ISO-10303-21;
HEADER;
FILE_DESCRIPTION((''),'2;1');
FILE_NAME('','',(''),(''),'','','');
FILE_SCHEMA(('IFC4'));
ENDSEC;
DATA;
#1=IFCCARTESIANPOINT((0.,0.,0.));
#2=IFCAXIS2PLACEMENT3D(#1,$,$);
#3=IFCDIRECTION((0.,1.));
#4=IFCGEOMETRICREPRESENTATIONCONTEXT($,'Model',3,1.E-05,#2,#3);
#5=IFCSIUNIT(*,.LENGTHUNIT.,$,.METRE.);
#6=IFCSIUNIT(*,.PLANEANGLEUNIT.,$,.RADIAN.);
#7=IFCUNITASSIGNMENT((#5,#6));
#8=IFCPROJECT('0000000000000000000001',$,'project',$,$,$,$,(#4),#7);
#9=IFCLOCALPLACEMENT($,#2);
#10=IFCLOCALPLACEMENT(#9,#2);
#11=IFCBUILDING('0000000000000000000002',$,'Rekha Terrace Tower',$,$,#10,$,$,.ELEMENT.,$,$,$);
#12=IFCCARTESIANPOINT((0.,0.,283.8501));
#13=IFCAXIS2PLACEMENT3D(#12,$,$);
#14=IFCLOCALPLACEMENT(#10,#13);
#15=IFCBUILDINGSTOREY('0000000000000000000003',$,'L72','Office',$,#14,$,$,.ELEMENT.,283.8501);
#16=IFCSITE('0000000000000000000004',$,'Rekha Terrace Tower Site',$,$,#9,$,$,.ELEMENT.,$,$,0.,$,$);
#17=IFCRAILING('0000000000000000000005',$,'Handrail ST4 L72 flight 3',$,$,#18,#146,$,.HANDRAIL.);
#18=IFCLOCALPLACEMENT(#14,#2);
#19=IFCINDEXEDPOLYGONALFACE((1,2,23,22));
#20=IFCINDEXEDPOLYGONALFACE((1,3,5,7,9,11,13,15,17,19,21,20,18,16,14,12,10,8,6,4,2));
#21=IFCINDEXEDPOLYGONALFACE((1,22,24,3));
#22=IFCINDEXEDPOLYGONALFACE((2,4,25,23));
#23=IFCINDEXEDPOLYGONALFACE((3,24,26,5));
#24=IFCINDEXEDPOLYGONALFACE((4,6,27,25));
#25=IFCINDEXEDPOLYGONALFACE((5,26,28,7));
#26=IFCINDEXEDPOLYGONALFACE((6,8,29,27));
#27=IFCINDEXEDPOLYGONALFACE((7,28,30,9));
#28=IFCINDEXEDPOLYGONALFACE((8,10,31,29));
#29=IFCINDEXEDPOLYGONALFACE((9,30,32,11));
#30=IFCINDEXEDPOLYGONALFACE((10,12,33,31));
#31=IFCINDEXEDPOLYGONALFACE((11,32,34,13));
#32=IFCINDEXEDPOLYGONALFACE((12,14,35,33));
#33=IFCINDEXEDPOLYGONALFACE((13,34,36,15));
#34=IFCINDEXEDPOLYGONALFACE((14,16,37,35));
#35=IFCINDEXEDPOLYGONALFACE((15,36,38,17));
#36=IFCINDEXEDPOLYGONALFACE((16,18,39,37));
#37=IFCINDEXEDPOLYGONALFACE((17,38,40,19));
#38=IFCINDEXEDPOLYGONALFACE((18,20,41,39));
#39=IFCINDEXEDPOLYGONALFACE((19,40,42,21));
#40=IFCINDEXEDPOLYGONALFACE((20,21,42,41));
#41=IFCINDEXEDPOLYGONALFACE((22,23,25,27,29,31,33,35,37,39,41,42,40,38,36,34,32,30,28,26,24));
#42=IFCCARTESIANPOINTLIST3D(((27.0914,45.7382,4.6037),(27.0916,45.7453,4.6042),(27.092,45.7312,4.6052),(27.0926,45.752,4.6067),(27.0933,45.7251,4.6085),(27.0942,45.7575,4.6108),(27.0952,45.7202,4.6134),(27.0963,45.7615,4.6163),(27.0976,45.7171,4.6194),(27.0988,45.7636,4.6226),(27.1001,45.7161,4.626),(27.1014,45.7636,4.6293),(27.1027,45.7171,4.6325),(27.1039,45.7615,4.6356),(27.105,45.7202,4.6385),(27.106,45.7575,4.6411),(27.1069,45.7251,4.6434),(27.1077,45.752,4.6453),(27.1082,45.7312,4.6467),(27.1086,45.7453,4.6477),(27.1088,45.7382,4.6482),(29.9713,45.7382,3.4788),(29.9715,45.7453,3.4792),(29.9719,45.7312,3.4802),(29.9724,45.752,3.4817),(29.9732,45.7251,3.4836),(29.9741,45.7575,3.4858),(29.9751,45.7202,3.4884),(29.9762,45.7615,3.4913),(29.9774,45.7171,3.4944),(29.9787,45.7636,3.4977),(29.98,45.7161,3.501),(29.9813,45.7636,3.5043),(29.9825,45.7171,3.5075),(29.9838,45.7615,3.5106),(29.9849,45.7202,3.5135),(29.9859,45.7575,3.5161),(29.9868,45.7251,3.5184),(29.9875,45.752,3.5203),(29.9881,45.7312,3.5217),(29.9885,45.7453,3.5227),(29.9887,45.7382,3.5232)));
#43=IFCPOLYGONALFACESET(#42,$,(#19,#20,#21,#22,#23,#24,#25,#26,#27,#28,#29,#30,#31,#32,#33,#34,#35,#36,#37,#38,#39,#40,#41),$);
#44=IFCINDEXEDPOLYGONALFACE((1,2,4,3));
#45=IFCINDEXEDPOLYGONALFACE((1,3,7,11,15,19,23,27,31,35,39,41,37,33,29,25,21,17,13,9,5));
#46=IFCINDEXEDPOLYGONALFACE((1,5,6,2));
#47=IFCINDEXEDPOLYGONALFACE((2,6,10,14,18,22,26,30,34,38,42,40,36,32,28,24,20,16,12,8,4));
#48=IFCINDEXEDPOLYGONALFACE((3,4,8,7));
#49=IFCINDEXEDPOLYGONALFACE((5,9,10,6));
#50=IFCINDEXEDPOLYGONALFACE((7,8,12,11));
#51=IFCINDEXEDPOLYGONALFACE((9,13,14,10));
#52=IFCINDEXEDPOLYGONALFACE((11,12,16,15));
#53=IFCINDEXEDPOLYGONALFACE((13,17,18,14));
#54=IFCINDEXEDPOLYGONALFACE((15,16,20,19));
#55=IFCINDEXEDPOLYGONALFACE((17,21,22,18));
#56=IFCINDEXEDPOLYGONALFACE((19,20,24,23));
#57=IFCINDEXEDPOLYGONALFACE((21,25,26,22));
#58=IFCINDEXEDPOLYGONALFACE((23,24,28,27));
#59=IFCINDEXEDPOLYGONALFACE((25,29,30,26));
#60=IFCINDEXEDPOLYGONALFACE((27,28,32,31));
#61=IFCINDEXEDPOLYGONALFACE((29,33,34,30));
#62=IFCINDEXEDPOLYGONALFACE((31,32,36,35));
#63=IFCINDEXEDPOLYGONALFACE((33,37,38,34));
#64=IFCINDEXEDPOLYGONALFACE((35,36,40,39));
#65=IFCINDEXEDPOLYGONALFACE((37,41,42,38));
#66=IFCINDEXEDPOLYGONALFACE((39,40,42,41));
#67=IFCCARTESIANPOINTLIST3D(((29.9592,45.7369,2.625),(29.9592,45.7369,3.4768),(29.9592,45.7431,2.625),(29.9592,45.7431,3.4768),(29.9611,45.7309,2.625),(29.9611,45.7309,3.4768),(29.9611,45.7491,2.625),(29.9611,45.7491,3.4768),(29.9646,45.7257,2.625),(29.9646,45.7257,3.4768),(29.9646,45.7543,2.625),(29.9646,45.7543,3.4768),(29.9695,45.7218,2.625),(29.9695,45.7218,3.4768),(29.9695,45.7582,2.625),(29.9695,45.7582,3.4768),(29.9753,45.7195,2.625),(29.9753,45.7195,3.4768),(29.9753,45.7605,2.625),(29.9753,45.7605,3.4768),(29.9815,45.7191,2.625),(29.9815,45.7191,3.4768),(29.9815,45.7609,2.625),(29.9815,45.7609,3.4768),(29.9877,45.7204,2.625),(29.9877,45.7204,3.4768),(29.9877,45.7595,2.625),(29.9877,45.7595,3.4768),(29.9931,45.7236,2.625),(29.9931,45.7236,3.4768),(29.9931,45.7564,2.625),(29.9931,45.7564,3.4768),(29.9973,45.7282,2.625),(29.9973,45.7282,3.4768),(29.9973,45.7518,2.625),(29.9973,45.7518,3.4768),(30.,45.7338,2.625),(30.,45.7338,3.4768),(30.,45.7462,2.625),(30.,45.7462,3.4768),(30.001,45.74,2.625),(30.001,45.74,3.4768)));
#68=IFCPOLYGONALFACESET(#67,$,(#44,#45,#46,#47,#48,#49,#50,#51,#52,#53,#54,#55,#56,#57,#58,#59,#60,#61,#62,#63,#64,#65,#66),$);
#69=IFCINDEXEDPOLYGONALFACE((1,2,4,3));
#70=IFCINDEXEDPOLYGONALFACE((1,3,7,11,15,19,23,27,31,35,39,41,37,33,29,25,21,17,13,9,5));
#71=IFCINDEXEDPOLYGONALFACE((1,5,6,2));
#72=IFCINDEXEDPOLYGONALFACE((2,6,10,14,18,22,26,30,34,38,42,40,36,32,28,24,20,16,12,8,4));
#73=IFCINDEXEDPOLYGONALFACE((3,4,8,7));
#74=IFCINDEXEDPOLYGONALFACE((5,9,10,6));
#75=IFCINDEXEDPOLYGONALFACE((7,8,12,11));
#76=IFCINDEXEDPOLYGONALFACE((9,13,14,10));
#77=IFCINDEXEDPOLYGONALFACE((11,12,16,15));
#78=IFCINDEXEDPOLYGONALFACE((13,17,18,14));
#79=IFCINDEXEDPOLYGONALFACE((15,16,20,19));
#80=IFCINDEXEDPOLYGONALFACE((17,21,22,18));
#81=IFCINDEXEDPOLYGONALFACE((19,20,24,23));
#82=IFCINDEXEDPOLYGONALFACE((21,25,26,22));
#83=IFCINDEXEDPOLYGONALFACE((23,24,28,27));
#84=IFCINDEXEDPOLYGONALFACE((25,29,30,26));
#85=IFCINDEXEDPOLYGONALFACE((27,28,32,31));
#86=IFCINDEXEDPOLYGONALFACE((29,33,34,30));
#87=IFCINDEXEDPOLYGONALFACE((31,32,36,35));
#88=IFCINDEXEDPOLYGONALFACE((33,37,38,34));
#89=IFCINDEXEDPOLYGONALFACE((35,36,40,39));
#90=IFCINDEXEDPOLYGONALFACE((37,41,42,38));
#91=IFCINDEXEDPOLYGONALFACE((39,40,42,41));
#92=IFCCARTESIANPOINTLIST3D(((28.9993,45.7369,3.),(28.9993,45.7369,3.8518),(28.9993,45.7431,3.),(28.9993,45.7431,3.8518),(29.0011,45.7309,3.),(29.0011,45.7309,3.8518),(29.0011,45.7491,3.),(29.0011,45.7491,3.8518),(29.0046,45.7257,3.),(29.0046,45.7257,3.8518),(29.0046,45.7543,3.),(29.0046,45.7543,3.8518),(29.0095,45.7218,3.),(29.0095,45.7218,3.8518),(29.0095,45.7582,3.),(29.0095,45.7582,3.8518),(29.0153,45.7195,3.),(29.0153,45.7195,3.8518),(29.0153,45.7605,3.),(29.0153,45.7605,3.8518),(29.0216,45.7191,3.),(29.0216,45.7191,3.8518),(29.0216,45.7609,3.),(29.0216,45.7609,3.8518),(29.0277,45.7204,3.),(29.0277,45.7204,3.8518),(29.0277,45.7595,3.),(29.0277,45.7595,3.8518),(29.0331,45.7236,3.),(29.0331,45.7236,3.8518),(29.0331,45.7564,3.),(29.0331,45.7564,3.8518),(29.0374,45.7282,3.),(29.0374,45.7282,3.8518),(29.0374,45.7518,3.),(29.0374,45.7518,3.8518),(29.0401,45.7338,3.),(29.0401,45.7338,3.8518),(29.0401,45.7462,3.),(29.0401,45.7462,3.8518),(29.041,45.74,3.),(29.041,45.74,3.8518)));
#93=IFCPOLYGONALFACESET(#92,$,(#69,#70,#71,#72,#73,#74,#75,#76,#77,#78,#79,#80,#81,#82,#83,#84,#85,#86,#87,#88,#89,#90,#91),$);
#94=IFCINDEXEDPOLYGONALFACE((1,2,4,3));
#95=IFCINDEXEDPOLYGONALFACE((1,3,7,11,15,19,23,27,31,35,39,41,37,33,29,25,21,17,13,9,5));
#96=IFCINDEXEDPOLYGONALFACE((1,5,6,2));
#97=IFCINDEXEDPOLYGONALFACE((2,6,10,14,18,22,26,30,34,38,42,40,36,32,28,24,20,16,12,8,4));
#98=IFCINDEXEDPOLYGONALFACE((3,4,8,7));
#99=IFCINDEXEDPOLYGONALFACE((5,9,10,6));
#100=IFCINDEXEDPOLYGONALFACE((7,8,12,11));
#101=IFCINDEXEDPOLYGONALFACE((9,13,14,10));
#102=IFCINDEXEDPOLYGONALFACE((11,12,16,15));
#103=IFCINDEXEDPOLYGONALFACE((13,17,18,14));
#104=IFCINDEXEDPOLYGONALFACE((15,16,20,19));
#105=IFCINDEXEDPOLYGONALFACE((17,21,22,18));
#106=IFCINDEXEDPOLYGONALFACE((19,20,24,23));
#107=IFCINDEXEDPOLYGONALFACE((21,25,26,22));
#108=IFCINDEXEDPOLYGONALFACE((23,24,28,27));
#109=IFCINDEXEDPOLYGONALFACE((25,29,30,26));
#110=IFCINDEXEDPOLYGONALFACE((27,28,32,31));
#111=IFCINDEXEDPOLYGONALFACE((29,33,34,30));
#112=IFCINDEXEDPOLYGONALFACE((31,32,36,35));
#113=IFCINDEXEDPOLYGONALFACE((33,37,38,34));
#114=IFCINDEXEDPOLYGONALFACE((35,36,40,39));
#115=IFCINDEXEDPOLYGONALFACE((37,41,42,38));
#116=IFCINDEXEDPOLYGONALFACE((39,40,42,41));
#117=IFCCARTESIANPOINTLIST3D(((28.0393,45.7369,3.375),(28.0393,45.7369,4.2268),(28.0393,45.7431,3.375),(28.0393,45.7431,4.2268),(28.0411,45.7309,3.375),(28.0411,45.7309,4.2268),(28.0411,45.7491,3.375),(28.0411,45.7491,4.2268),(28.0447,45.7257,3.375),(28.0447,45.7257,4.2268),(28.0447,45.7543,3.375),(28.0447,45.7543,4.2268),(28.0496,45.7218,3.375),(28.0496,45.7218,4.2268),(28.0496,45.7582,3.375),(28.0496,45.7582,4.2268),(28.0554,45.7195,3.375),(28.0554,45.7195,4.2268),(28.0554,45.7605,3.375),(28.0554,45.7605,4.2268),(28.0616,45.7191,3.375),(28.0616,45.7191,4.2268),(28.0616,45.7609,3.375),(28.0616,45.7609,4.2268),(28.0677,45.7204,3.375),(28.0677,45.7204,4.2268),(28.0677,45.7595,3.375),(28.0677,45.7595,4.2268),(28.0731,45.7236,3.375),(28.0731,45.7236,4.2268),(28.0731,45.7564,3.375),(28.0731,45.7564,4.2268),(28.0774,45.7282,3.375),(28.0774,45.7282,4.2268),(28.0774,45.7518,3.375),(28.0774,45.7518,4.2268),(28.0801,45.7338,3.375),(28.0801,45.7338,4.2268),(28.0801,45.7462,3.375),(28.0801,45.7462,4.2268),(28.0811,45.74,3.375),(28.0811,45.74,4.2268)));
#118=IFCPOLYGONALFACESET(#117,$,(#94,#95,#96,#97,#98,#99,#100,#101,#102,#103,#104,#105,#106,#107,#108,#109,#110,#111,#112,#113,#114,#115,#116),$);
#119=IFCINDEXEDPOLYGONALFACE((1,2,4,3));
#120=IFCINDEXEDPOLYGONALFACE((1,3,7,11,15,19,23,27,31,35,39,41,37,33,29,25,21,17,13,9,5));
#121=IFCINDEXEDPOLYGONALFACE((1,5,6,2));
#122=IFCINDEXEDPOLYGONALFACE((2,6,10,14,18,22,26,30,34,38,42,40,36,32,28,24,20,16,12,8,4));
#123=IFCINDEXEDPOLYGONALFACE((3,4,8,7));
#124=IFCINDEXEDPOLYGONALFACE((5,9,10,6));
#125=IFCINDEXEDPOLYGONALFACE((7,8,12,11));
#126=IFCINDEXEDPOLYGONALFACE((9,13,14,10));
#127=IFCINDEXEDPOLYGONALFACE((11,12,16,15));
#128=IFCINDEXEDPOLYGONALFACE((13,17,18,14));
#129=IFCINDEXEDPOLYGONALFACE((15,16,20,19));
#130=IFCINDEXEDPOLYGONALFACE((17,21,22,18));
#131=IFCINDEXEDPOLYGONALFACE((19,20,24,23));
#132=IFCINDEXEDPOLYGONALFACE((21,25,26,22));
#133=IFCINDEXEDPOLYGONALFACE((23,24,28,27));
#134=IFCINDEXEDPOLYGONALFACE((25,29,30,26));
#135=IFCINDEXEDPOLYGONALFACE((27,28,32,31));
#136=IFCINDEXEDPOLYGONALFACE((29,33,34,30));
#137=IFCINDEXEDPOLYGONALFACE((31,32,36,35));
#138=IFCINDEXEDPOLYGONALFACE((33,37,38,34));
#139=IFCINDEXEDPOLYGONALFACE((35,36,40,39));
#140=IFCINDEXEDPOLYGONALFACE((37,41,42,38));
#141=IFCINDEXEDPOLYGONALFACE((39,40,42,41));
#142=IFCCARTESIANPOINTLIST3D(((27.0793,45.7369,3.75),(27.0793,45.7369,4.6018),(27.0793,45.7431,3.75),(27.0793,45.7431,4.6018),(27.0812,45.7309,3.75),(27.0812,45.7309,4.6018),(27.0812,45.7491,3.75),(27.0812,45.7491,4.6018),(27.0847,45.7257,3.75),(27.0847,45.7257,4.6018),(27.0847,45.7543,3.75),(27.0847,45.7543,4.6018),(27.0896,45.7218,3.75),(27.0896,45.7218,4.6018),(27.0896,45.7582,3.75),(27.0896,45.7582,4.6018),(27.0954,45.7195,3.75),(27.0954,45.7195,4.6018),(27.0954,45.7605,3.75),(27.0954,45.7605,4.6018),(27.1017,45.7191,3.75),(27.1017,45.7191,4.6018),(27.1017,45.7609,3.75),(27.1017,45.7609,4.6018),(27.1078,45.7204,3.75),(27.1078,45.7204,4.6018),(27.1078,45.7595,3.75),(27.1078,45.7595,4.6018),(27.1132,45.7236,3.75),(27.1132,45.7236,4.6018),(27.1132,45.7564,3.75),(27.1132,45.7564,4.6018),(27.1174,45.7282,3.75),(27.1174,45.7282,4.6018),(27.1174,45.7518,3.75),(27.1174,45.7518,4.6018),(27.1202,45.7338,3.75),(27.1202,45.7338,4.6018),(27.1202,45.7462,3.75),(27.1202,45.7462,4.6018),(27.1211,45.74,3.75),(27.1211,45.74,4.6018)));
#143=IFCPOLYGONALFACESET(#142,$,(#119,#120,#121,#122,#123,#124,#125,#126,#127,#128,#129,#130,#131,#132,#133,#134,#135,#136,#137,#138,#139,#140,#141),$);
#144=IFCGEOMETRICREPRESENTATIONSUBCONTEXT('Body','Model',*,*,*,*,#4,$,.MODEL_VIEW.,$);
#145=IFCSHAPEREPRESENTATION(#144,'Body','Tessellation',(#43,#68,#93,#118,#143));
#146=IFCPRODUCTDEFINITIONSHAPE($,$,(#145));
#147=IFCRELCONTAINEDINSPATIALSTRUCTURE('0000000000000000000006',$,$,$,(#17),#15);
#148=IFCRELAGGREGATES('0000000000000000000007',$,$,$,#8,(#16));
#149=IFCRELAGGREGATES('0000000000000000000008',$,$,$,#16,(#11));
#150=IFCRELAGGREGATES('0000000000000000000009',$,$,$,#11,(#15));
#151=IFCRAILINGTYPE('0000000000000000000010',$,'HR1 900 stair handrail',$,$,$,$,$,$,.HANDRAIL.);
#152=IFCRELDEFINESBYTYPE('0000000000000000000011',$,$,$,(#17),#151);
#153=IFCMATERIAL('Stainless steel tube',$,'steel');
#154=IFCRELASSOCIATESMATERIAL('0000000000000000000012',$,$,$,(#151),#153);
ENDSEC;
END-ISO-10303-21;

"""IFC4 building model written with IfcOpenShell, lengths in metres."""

from ifc_helpers import new_model, si_unit, direction, frame, origin, origin_2d, place, context, subcontext, project, spatial, circle, extrude, material, type_object, element, save


model = new_model("IFC4")

# Units and contexts
model_context = context("Model", 3, precision=1e-05, world=origin(), true_north=direction((0.0, 1.0)))
body_context = subcontext(model_context, "Body", "Model", "MODEL_VIEW")
ifc_project = project(units=[si_unit("LENGTHUNIT", "METRE"), si_unit("PLANEANGLEUNIT", "RADIAN")], contexts=[model_context])

# Site, building, storey
site_placement = place(None, origin())
site = spatial("IfcSite", under=ifc_project, at=site_placement, Name="Rekha Terrace Tower Site", CompositionType="ELEMENT", RefElevation=0.0)
building_placement = place(site_placement, origin())
building = spatial("IfcBuilding", under=site, at=building_placement, Name="Rekha Terrace Tower", CompositionType="ELEMENT")
storey_placement = place(building_placement, frame((0.0, 0.0, 283.8501)))
storey = spatial("IfcBuildingStorey", under=building, at=storey_placement, Name="L72", Description="Office", CompositionType="ELEMENT", Elevation=283.8501)

# Railing
ifc_material_1 = material(Name="Stainless steel tube", Category="steel")
railing_type_1 = type_object("IfcRailingType", Name="HR1 900 stair handrail", PredefinedType="HANDRAIL", material=ifc_material_1)
railing_1_placement = place(storey_placement, frame((29.98, 45.74, 2.625)))
element("IfcRailing", 1, at=railing_1_placement, inside=storey, type_object=railing_type_1, Name="Handrail ST4 L72 flight 3", PredefinedType="HANDRAIL", context=body_context, shape_type="SweptSolid", body=[
    extrude(circle(Radius=0.0239, at=origin_2d()), frame((0.0, 0.0, 0.876), z_axis=(-0.931452, 0.0, 0.363863), x_axis=(0.0, -1.0, 0.0)), (0.0, 0.0, 1.0), 3.0918),
    extrude(circle(Radius=0.021, at=origin_2d()), origin(), (0.0, 0.0, 1.0), 0.8518),
    extrude(circle(Radius=0.021, at=origin_2d()), frame((-0.96, 0.0, 0.375)), (0.0, 0.0, 1.0), 0.8518),
    extrude(circle(Radius=0.021, at=origin_2d()), frame((-1.9199, 0.0, 0.75)), (0.0, 0.0, 1.0), 0.8518),
    extrude(circle(Radius=0.021, at=origin_2d()), frame((-2.8799, 0.0, 1.125)), (0.0, 0.0, 1.0), 0.8518),
])

save(model, "model.ifc")
